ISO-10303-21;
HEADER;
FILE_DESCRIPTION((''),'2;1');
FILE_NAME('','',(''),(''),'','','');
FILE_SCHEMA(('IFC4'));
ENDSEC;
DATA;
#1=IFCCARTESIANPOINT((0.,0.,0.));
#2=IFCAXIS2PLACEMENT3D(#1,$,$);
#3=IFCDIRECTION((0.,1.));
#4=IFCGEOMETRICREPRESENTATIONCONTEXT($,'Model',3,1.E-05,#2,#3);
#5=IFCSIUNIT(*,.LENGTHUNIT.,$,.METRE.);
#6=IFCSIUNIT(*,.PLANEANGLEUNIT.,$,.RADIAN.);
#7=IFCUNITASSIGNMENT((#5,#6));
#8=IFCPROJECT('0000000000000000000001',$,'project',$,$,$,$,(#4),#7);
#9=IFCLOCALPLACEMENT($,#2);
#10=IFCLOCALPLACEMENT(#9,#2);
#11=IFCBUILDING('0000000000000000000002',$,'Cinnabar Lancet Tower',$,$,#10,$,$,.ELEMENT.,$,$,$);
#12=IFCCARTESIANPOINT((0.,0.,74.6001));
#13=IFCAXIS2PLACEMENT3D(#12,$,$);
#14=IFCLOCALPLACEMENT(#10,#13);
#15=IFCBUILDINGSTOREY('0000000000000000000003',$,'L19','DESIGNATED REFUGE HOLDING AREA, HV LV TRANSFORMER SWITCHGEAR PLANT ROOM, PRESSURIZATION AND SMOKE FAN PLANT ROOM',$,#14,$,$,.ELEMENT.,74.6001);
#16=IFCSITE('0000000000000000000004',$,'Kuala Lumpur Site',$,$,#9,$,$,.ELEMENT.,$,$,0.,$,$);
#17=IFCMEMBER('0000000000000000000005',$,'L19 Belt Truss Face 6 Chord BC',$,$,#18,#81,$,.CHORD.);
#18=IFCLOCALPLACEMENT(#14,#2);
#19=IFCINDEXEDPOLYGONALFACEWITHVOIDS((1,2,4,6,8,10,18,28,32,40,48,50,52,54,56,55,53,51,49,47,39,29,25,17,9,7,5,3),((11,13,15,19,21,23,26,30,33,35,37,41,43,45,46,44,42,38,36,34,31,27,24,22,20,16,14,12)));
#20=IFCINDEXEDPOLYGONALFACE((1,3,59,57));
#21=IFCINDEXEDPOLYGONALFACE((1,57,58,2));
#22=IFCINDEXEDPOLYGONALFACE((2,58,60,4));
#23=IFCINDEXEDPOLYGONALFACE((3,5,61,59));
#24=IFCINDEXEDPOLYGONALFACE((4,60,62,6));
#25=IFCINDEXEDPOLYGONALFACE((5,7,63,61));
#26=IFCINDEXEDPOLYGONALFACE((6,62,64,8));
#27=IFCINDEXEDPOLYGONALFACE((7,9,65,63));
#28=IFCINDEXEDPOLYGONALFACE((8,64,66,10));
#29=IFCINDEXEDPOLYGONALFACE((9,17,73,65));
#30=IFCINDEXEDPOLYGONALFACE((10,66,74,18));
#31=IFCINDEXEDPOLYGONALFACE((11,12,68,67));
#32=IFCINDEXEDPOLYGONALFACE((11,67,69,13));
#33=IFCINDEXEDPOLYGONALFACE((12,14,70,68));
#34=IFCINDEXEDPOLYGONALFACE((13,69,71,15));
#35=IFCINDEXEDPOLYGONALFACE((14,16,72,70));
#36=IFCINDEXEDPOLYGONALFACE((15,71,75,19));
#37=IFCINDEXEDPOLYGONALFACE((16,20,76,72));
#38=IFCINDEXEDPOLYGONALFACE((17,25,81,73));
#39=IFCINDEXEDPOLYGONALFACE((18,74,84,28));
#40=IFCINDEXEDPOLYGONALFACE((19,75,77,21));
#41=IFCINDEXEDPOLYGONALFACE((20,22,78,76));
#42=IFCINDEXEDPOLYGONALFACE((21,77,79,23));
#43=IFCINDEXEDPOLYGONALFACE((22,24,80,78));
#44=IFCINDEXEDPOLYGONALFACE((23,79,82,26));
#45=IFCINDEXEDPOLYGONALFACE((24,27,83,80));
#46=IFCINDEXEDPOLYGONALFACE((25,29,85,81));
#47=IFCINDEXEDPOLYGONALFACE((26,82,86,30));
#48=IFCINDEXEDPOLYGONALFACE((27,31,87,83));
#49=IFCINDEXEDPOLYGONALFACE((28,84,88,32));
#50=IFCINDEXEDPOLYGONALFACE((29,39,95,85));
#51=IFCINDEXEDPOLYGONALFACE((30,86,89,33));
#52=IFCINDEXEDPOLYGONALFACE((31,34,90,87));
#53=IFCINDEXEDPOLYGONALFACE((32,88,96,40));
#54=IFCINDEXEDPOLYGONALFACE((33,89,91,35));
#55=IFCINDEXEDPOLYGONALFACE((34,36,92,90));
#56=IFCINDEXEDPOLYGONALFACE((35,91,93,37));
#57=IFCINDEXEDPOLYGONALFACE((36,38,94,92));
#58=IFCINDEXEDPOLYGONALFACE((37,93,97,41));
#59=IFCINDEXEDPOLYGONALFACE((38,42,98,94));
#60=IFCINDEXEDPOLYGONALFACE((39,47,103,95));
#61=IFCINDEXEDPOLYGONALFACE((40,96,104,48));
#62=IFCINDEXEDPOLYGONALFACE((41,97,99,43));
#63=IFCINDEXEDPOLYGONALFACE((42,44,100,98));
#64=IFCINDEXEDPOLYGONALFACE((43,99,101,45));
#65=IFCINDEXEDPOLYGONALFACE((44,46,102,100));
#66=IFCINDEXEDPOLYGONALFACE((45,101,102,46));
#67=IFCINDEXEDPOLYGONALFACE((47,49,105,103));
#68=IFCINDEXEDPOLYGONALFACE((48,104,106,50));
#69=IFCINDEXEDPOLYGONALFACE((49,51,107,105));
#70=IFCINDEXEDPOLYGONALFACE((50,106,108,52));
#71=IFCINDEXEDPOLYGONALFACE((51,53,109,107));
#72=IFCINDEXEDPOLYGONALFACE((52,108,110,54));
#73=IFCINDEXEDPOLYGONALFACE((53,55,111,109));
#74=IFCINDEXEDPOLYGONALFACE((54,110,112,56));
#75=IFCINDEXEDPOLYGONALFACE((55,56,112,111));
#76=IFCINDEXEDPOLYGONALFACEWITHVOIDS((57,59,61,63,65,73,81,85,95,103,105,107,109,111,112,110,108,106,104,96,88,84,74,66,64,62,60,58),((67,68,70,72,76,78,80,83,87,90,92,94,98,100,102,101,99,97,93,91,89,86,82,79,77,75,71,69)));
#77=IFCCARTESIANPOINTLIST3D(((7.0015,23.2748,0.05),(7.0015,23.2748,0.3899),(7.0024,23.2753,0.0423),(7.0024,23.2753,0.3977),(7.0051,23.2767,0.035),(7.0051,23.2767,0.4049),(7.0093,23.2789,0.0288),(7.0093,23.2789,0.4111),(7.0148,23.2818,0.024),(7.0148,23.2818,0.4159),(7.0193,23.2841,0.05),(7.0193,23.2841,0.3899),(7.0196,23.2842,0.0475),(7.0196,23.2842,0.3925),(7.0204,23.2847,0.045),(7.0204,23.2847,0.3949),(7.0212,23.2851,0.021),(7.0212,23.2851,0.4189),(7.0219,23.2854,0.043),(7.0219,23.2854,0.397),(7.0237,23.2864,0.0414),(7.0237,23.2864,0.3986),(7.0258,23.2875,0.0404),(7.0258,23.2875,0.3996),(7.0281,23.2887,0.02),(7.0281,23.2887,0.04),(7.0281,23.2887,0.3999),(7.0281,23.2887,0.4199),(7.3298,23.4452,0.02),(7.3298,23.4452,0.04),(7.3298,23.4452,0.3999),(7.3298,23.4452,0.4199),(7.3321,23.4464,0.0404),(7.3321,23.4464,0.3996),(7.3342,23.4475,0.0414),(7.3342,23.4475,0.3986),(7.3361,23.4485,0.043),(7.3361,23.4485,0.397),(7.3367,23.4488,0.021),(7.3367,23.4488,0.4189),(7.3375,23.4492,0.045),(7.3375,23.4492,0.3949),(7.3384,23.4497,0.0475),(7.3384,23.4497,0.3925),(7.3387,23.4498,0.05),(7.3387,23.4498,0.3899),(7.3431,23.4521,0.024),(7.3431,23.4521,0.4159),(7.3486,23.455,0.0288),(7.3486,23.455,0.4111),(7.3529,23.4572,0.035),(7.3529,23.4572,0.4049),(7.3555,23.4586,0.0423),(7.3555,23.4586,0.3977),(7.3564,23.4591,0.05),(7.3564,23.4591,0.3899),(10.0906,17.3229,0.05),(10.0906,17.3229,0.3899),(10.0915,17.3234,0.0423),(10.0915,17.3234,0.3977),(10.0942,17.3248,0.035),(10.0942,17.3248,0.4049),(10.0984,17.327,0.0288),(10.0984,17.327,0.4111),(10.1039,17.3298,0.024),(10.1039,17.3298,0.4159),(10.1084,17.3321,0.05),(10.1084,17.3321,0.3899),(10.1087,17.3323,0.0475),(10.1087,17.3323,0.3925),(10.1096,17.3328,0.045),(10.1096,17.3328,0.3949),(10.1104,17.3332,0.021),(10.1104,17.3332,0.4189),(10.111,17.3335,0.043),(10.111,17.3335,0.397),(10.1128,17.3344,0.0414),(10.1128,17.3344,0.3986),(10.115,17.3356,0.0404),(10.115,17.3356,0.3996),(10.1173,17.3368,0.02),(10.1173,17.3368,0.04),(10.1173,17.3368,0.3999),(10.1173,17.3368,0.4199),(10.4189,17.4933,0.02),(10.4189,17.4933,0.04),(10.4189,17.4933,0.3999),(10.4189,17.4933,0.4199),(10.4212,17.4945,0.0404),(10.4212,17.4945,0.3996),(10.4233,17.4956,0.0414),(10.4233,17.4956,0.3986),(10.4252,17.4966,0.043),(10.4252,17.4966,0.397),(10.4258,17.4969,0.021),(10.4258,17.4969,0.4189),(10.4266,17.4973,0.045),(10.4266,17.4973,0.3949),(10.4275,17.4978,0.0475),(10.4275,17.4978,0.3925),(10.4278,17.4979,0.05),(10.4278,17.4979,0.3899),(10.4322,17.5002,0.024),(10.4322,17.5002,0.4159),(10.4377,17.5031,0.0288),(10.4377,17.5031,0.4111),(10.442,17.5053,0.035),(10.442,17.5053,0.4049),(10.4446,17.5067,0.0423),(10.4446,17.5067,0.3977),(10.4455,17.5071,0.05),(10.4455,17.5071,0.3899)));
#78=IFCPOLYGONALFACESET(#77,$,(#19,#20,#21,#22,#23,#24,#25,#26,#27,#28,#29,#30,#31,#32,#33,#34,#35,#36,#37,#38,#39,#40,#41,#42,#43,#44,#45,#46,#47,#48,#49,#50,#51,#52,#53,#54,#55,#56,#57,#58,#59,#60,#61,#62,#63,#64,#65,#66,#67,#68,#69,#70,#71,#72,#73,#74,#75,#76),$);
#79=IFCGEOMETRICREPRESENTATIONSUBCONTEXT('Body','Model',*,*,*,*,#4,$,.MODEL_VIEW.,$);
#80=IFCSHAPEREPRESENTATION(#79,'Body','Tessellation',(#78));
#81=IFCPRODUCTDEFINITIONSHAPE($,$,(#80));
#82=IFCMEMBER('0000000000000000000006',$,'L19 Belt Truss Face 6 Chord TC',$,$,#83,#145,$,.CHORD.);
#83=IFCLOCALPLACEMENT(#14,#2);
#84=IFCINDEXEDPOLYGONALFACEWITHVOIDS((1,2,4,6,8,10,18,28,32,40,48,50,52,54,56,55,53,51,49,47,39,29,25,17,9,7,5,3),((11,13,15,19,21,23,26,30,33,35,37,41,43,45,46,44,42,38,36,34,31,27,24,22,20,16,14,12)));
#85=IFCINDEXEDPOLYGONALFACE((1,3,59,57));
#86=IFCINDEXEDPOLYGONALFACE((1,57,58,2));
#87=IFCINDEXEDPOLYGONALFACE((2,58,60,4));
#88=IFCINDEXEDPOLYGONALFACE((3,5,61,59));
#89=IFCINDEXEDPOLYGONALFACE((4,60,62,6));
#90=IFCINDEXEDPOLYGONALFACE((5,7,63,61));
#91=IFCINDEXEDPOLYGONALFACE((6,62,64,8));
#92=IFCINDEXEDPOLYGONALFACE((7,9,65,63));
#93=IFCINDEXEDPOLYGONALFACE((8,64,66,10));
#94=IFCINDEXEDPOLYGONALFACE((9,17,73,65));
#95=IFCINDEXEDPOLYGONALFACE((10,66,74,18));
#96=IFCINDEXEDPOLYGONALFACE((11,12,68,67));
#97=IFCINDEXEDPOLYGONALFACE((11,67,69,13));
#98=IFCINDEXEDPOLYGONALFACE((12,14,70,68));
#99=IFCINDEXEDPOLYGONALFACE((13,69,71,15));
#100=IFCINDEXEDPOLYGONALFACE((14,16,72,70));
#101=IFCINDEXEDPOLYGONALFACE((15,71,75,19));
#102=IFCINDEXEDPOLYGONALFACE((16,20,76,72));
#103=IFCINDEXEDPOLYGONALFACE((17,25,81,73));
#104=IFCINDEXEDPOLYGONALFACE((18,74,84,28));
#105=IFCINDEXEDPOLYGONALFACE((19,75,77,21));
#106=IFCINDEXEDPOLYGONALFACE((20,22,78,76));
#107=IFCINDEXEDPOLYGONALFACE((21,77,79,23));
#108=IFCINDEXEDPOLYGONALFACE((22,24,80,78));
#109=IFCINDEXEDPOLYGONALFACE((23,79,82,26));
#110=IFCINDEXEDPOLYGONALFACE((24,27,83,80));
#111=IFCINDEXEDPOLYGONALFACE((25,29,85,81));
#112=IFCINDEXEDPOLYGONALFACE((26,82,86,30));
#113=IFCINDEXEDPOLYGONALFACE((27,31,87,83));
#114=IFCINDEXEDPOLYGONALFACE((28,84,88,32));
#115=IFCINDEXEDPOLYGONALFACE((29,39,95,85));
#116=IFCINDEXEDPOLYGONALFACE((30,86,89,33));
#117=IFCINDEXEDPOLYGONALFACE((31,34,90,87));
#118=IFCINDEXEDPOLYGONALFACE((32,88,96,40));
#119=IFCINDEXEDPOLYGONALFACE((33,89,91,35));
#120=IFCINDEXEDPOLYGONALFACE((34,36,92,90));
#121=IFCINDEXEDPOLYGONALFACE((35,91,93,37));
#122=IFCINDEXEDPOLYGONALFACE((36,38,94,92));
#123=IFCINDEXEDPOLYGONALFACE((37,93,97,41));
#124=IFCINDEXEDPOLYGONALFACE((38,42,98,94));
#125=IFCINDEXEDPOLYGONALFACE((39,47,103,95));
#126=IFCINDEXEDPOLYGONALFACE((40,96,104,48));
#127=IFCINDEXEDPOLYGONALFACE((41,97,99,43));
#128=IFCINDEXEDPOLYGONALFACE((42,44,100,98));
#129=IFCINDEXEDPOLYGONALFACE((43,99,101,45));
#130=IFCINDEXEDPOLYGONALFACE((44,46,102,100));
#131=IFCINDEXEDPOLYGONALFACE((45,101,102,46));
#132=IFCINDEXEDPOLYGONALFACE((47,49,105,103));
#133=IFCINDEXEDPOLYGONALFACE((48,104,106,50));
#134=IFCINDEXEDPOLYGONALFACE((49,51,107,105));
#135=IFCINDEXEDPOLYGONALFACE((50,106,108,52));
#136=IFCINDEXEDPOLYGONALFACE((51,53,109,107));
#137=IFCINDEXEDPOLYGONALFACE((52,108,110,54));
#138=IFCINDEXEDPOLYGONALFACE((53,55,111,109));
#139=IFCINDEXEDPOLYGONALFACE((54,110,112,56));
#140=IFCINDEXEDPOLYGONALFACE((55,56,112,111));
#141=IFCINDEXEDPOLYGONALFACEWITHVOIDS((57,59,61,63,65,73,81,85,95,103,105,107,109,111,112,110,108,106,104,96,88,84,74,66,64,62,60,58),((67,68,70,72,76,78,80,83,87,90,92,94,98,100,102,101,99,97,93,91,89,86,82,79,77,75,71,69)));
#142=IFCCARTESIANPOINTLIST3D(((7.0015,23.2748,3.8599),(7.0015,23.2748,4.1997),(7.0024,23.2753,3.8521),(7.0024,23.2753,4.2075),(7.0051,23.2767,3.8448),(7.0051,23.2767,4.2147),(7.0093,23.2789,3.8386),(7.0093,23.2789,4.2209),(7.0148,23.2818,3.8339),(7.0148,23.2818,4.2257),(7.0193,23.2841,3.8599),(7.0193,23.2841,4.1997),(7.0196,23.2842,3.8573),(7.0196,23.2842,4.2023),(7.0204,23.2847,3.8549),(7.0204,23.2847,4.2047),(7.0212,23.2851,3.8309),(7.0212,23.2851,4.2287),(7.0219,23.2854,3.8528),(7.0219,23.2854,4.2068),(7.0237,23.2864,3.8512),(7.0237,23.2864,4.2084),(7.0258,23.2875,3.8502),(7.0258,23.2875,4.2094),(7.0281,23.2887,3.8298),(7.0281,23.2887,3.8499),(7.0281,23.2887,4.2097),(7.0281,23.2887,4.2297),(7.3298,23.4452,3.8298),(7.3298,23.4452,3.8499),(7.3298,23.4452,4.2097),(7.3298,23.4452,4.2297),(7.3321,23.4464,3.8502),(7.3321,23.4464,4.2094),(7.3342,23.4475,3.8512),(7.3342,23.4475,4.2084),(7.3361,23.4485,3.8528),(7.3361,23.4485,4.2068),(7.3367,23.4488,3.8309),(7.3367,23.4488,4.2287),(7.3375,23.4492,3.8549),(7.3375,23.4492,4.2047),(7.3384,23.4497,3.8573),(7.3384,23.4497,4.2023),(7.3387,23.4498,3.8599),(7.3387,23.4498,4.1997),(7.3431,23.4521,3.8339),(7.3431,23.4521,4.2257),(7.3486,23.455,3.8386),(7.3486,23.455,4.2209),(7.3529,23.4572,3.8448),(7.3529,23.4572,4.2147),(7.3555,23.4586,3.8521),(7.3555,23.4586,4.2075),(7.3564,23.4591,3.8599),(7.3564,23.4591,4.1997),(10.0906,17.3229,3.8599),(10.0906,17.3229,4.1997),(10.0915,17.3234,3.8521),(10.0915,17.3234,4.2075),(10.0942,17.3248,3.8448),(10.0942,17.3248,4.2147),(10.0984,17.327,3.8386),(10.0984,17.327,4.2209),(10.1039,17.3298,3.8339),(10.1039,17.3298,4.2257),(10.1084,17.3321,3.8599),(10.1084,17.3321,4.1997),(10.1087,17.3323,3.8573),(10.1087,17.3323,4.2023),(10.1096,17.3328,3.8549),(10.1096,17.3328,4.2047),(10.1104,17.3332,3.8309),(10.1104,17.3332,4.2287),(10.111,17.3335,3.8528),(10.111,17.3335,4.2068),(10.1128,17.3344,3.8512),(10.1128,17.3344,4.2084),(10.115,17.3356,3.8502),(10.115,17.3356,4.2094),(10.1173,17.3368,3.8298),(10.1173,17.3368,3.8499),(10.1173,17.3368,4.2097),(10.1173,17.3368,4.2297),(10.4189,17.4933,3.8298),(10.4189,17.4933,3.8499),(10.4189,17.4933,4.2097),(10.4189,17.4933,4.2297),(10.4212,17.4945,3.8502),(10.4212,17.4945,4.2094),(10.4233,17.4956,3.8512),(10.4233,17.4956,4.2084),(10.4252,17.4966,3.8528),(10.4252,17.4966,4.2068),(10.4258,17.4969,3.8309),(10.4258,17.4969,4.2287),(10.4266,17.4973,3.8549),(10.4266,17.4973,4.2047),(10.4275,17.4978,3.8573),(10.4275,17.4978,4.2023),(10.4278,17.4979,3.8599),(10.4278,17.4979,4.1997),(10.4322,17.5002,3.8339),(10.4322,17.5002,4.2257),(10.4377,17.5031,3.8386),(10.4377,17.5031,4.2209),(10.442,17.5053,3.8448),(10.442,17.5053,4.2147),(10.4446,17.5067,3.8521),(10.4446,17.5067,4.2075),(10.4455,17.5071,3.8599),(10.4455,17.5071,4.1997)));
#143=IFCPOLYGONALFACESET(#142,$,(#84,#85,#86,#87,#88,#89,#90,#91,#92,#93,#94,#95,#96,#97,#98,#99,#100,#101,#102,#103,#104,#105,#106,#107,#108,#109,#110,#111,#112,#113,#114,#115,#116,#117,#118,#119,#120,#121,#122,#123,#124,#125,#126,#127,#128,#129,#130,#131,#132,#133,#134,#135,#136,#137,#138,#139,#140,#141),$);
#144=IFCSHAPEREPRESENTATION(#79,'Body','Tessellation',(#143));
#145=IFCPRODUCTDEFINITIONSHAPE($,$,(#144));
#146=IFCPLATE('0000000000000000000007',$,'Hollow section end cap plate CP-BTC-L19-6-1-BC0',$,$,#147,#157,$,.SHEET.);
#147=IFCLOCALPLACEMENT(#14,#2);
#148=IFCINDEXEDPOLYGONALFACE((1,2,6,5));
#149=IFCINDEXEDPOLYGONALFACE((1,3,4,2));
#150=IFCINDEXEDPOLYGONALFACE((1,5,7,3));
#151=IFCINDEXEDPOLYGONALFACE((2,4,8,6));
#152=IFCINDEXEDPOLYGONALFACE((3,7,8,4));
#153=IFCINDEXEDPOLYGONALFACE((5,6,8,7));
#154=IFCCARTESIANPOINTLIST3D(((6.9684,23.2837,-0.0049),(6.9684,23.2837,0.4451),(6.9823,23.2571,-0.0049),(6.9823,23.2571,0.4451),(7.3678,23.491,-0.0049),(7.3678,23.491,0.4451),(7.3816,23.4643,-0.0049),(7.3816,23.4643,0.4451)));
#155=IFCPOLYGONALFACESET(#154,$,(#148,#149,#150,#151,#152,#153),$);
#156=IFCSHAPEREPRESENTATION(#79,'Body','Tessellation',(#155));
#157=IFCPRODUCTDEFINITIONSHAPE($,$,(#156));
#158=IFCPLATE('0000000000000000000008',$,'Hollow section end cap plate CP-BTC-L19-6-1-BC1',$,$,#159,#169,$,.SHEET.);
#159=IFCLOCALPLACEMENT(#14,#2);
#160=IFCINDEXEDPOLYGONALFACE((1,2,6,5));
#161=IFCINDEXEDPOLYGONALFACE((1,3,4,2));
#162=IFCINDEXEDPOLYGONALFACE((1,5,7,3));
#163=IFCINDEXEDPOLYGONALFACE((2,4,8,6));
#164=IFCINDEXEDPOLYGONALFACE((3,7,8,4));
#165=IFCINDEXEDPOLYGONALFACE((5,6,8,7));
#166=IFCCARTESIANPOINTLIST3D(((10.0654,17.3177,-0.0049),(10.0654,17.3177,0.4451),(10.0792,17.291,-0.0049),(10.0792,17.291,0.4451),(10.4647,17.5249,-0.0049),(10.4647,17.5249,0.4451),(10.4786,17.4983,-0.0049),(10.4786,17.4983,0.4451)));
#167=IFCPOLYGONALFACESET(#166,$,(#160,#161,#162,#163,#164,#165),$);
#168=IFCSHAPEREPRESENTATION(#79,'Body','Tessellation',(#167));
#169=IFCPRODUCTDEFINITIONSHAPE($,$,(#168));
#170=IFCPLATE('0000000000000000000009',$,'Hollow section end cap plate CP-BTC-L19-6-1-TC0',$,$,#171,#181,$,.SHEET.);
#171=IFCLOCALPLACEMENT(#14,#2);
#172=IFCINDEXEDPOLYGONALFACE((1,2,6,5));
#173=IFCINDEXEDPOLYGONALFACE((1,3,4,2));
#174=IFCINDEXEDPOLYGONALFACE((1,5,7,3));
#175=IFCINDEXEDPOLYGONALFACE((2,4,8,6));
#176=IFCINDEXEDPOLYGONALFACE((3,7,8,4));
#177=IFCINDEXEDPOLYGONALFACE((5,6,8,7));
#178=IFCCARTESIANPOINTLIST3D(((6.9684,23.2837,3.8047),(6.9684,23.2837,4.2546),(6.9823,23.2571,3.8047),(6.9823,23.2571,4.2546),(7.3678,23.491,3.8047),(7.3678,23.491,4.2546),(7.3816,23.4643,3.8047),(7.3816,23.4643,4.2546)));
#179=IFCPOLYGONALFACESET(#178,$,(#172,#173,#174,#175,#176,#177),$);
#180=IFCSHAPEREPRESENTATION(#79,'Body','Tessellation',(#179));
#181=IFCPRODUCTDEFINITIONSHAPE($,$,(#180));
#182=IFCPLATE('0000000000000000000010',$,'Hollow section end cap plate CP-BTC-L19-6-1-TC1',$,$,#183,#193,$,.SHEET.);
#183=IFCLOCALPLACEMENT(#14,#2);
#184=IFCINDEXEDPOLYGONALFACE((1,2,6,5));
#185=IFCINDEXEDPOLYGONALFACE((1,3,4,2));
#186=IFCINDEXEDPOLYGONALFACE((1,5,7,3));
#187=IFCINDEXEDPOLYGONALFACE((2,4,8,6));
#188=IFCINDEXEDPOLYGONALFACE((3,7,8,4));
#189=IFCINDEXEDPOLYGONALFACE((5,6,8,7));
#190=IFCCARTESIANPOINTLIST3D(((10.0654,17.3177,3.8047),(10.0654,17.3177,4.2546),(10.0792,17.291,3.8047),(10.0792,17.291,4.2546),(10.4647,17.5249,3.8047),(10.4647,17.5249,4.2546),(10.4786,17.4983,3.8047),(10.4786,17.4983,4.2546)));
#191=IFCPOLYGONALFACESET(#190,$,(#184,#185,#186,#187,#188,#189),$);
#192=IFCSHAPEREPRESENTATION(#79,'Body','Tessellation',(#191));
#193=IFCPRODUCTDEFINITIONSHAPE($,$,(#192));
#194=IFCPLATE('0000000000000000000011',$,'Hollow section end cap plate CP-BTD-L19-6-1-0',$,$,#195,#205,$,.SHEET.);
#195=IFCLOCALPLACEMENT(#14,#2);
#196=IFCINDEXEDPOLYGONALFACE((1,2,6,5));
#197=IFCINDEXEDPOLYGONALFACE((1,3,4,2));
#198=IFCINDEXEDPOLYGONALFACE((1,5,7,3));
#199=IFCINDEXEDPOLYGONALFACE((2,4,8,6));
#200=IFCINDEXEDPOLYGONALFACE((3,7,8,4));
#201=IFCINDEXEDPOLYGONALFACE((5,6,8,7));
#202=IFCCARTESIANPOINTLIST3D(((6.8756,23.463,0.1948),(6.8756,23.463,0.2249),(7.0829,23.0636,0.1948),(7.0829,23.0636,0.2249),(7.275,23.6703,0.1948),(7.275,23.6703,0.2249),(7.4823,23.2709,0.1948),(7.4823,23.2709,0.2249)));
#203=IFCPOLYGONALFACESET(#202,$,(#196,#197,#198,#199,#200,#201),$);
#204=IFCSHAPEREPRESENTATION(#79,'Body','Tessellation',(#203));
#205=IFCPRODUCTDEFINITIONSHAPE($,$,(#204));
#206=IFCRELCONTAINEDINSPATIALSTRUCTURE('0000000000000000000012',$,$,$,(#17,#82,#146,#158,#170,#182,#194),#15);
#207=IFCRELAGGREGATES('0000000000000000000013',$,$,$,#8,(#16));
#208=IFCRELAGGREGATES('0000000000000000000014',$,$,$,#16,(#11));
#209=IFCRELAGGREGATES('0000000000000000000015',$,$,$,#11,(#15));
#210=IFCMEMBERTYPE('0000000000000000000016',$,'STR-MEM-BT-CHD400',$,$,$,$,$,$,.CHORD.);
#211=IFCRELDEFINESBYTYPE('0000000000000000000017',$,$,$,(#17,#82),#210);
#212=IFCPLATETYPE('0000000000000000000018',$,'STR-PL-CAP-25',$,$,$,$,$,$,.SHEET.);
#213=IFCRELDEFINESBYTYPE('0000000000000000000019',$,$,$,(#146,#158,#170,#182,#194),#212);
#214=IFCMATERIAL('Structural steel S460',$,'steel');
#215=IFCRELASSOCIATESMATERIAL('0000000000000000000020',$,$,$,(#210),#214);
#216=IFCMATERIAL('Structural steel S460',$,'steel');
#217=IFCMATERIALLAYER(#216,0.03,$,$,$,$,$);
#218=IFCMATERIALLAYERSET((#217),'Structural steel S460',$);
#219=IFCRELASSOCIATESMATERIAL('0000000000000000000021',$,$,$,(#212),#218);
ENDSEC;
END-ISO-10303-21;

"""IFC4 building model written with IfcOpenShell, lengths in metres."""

from ifc_helpers import new_model, si_unit, direction, frame, origin, origin_2d, place, context, subcontext, project, spatial, rectangle, hollow_rectangle, extrude, material, layer, layer_set, material_profile, profile_set, type_object, element, save


model = new_model("IFC4")

# Units and contexts
model_context = context("Model", 3, precision=1e-05, world=origin(), true_north=direction((0.0, 1.0)))
body_context = subcontext(model_context, "Body", "Model", "MODEL_VIEW")
ifc_project = project(units=[si_unit("LENGTHUNIT", "METRE"), si_unit("PLANEANGLEUNIT", "RADIAN")], contexts=[model_context])

# Site, building, storey
site_placement = place(None, origin())
site = spatial("IfcSite", under=ifc_project, at=site_placement, Name="Kuala Lumpur Site", CompositionType="ELEMENT", RefElevation=0.0)
building_placement = place(site_placement, origin())
building = spatial("IfcBuilding", under=site, at=building_placement, Name="Cinnabar Lancet Tower", CompositionType="ELEMENT")
storey_placement = place(building_placement, frame((0.0, 0.0, 74.6001)))
storey = spatial("IfcBuildingStorey", under=building, at=storey_placement, Name="L19", Description="DESIGNATED REFUGE HOLDING AREA, HV LV TRANSFORMER SWITCHGEAR PLANT ROOM, PRESSURIZATION AND SMOKE FAN PLANT ROOM", CompositionType="ELEMENT", Elevation=74.6001)

# Members
ifc_material_1 = material(Name="Structural steel S460", Category="steel")
ifc_material_profile_1 = material_profile(ifc_material_1, hollow_rectangle(XDim=0.3999, YDim=0.3999, WallThickness=0.02, InnerFilletRadius=0.01, OuterFilletRadius=0.03, at=origin_2d()), Name="SHS 400x400x20")
ifc_profile_set_1 = profile_set([ifc_material_profile_1], Name="Structural steel S460")
member_type_1 = type_object("IfcMemberType", Name="STR-MEM-BT-CHD400", PredefinedType="CHORD", material=ifc_profile_set_1)
for number, where, z_axis, x_axis, name in (
    (1, (7.179, 23.3669, 0.22), (0.460663, -0.887575, 0.0), (0.887575, 0.460663, 0.0), "L19 Belt Truss Face 6 Chord BC"),
    (2, (7.179, 23.3669, 4.0298), (0.460663, -0.887575, 0.0), (0.887575, 0.460663, 0.0), "L19 Belt Truss Face 6 Chord TC"),
):
    element("IfcMember", number, at=place(storey_placement, frame(where, z_axis=z_axis, x_axis=x_axis)), inside=storey, type_object=member_type_1, Name=name, PredefinedType="CHORD", context=body_context, shape_type="SweptSolid", body=[
        extrude(hollow_rectangle(XDim=0.3999, YDim=0.3999, WallThickness=0.02, InnerFilletRadius=0.01, OuterFilletRadius=0.03, at=origin_2d()), origin(), (0.0, 0.0, 1.0), 6.7058),
    ])

# Plates
ifc_material_2 = material(Name="Structural steel S460", Category="steel")
ifc_layer_1 = layer(ifc_material_2, 0.03)
ifc_layer_set_1 = layer_set([ifc_layer_1], Name="Structural steel S460")
plate_type = type_object("IfcPlateType", Name="STR-PL-CAP-25", PredefinedType="SHEET", material=ifc_layer_set_1)
for number, where, z_axis, x_axis, name in (
    (3, (7.175, 23.374, -0.0049), (0.0, 0.0, 1.0), (-0.460649, 0.887582, 0.0), "Hollow section end cap plate CP-BTC-L19-6-1-BC0"),
    (4, (10.272, 17.408, -0.0049), (0.0, 0.0, 1.0), (0.460649, -0.887582, 0.0), "Hollow section end cap plate CP-BTC-L19-6-1-BC1"),
    (5, (7.175, 23.374, 3.8047), (0.0, 0.0, 1.0), (-0.460649, 0.887582, 0.0), "Hollow section end cap plate CP-BTC-L19-6-1-TC0"),
    (6, (10.272, 17.408, 3.8047), (0.0, 0.0, 1.0), (0.460649, -0.887582, 0.0), "Hollow section end cap plate CP-BTC-L19-6-1-TC1"),
):
    element("IfcPlate", number, at=place(storey_placement, frame(where, z_axis=z_axis, x_axis=x_axis)), inside=storey, type_object=plate_type, Name=name, PredefinedType="SHEET", context=body_context, shape_type="SweptSolid", body=[
        extrude(rectangle(XDim=0.03, YDim=0.45, at=origin_2d()), origin(), (0.0, 0.0, 1.0), 0.45),
    ])
for number, where, z_axis, x_axis, name in (
    (7, (7.179, 23.3669, 0.1948), (0.0, 0.0, 1.0), (-0.460649, 0.887582, 0.0), "Hollow section end cap plate CP-BTD-L19-6-1-0"),
):
    element("IfcPlate", number, at=place(storey_placement, frame(where, z_axis=z_axis, x_axis=x_axis)), inside=storey, type_object=plate_type, Name=name, PredefinedType="SHEET", context=body_context, shape_type="SweptSolid", body=[
        extrude(rectangle(XDim=0.45, YDim=0.45, at=origin_2d()), origin(), (0.0, 0.0, 1.0), 0.03),
    ])

save(model, "model.ifc")
